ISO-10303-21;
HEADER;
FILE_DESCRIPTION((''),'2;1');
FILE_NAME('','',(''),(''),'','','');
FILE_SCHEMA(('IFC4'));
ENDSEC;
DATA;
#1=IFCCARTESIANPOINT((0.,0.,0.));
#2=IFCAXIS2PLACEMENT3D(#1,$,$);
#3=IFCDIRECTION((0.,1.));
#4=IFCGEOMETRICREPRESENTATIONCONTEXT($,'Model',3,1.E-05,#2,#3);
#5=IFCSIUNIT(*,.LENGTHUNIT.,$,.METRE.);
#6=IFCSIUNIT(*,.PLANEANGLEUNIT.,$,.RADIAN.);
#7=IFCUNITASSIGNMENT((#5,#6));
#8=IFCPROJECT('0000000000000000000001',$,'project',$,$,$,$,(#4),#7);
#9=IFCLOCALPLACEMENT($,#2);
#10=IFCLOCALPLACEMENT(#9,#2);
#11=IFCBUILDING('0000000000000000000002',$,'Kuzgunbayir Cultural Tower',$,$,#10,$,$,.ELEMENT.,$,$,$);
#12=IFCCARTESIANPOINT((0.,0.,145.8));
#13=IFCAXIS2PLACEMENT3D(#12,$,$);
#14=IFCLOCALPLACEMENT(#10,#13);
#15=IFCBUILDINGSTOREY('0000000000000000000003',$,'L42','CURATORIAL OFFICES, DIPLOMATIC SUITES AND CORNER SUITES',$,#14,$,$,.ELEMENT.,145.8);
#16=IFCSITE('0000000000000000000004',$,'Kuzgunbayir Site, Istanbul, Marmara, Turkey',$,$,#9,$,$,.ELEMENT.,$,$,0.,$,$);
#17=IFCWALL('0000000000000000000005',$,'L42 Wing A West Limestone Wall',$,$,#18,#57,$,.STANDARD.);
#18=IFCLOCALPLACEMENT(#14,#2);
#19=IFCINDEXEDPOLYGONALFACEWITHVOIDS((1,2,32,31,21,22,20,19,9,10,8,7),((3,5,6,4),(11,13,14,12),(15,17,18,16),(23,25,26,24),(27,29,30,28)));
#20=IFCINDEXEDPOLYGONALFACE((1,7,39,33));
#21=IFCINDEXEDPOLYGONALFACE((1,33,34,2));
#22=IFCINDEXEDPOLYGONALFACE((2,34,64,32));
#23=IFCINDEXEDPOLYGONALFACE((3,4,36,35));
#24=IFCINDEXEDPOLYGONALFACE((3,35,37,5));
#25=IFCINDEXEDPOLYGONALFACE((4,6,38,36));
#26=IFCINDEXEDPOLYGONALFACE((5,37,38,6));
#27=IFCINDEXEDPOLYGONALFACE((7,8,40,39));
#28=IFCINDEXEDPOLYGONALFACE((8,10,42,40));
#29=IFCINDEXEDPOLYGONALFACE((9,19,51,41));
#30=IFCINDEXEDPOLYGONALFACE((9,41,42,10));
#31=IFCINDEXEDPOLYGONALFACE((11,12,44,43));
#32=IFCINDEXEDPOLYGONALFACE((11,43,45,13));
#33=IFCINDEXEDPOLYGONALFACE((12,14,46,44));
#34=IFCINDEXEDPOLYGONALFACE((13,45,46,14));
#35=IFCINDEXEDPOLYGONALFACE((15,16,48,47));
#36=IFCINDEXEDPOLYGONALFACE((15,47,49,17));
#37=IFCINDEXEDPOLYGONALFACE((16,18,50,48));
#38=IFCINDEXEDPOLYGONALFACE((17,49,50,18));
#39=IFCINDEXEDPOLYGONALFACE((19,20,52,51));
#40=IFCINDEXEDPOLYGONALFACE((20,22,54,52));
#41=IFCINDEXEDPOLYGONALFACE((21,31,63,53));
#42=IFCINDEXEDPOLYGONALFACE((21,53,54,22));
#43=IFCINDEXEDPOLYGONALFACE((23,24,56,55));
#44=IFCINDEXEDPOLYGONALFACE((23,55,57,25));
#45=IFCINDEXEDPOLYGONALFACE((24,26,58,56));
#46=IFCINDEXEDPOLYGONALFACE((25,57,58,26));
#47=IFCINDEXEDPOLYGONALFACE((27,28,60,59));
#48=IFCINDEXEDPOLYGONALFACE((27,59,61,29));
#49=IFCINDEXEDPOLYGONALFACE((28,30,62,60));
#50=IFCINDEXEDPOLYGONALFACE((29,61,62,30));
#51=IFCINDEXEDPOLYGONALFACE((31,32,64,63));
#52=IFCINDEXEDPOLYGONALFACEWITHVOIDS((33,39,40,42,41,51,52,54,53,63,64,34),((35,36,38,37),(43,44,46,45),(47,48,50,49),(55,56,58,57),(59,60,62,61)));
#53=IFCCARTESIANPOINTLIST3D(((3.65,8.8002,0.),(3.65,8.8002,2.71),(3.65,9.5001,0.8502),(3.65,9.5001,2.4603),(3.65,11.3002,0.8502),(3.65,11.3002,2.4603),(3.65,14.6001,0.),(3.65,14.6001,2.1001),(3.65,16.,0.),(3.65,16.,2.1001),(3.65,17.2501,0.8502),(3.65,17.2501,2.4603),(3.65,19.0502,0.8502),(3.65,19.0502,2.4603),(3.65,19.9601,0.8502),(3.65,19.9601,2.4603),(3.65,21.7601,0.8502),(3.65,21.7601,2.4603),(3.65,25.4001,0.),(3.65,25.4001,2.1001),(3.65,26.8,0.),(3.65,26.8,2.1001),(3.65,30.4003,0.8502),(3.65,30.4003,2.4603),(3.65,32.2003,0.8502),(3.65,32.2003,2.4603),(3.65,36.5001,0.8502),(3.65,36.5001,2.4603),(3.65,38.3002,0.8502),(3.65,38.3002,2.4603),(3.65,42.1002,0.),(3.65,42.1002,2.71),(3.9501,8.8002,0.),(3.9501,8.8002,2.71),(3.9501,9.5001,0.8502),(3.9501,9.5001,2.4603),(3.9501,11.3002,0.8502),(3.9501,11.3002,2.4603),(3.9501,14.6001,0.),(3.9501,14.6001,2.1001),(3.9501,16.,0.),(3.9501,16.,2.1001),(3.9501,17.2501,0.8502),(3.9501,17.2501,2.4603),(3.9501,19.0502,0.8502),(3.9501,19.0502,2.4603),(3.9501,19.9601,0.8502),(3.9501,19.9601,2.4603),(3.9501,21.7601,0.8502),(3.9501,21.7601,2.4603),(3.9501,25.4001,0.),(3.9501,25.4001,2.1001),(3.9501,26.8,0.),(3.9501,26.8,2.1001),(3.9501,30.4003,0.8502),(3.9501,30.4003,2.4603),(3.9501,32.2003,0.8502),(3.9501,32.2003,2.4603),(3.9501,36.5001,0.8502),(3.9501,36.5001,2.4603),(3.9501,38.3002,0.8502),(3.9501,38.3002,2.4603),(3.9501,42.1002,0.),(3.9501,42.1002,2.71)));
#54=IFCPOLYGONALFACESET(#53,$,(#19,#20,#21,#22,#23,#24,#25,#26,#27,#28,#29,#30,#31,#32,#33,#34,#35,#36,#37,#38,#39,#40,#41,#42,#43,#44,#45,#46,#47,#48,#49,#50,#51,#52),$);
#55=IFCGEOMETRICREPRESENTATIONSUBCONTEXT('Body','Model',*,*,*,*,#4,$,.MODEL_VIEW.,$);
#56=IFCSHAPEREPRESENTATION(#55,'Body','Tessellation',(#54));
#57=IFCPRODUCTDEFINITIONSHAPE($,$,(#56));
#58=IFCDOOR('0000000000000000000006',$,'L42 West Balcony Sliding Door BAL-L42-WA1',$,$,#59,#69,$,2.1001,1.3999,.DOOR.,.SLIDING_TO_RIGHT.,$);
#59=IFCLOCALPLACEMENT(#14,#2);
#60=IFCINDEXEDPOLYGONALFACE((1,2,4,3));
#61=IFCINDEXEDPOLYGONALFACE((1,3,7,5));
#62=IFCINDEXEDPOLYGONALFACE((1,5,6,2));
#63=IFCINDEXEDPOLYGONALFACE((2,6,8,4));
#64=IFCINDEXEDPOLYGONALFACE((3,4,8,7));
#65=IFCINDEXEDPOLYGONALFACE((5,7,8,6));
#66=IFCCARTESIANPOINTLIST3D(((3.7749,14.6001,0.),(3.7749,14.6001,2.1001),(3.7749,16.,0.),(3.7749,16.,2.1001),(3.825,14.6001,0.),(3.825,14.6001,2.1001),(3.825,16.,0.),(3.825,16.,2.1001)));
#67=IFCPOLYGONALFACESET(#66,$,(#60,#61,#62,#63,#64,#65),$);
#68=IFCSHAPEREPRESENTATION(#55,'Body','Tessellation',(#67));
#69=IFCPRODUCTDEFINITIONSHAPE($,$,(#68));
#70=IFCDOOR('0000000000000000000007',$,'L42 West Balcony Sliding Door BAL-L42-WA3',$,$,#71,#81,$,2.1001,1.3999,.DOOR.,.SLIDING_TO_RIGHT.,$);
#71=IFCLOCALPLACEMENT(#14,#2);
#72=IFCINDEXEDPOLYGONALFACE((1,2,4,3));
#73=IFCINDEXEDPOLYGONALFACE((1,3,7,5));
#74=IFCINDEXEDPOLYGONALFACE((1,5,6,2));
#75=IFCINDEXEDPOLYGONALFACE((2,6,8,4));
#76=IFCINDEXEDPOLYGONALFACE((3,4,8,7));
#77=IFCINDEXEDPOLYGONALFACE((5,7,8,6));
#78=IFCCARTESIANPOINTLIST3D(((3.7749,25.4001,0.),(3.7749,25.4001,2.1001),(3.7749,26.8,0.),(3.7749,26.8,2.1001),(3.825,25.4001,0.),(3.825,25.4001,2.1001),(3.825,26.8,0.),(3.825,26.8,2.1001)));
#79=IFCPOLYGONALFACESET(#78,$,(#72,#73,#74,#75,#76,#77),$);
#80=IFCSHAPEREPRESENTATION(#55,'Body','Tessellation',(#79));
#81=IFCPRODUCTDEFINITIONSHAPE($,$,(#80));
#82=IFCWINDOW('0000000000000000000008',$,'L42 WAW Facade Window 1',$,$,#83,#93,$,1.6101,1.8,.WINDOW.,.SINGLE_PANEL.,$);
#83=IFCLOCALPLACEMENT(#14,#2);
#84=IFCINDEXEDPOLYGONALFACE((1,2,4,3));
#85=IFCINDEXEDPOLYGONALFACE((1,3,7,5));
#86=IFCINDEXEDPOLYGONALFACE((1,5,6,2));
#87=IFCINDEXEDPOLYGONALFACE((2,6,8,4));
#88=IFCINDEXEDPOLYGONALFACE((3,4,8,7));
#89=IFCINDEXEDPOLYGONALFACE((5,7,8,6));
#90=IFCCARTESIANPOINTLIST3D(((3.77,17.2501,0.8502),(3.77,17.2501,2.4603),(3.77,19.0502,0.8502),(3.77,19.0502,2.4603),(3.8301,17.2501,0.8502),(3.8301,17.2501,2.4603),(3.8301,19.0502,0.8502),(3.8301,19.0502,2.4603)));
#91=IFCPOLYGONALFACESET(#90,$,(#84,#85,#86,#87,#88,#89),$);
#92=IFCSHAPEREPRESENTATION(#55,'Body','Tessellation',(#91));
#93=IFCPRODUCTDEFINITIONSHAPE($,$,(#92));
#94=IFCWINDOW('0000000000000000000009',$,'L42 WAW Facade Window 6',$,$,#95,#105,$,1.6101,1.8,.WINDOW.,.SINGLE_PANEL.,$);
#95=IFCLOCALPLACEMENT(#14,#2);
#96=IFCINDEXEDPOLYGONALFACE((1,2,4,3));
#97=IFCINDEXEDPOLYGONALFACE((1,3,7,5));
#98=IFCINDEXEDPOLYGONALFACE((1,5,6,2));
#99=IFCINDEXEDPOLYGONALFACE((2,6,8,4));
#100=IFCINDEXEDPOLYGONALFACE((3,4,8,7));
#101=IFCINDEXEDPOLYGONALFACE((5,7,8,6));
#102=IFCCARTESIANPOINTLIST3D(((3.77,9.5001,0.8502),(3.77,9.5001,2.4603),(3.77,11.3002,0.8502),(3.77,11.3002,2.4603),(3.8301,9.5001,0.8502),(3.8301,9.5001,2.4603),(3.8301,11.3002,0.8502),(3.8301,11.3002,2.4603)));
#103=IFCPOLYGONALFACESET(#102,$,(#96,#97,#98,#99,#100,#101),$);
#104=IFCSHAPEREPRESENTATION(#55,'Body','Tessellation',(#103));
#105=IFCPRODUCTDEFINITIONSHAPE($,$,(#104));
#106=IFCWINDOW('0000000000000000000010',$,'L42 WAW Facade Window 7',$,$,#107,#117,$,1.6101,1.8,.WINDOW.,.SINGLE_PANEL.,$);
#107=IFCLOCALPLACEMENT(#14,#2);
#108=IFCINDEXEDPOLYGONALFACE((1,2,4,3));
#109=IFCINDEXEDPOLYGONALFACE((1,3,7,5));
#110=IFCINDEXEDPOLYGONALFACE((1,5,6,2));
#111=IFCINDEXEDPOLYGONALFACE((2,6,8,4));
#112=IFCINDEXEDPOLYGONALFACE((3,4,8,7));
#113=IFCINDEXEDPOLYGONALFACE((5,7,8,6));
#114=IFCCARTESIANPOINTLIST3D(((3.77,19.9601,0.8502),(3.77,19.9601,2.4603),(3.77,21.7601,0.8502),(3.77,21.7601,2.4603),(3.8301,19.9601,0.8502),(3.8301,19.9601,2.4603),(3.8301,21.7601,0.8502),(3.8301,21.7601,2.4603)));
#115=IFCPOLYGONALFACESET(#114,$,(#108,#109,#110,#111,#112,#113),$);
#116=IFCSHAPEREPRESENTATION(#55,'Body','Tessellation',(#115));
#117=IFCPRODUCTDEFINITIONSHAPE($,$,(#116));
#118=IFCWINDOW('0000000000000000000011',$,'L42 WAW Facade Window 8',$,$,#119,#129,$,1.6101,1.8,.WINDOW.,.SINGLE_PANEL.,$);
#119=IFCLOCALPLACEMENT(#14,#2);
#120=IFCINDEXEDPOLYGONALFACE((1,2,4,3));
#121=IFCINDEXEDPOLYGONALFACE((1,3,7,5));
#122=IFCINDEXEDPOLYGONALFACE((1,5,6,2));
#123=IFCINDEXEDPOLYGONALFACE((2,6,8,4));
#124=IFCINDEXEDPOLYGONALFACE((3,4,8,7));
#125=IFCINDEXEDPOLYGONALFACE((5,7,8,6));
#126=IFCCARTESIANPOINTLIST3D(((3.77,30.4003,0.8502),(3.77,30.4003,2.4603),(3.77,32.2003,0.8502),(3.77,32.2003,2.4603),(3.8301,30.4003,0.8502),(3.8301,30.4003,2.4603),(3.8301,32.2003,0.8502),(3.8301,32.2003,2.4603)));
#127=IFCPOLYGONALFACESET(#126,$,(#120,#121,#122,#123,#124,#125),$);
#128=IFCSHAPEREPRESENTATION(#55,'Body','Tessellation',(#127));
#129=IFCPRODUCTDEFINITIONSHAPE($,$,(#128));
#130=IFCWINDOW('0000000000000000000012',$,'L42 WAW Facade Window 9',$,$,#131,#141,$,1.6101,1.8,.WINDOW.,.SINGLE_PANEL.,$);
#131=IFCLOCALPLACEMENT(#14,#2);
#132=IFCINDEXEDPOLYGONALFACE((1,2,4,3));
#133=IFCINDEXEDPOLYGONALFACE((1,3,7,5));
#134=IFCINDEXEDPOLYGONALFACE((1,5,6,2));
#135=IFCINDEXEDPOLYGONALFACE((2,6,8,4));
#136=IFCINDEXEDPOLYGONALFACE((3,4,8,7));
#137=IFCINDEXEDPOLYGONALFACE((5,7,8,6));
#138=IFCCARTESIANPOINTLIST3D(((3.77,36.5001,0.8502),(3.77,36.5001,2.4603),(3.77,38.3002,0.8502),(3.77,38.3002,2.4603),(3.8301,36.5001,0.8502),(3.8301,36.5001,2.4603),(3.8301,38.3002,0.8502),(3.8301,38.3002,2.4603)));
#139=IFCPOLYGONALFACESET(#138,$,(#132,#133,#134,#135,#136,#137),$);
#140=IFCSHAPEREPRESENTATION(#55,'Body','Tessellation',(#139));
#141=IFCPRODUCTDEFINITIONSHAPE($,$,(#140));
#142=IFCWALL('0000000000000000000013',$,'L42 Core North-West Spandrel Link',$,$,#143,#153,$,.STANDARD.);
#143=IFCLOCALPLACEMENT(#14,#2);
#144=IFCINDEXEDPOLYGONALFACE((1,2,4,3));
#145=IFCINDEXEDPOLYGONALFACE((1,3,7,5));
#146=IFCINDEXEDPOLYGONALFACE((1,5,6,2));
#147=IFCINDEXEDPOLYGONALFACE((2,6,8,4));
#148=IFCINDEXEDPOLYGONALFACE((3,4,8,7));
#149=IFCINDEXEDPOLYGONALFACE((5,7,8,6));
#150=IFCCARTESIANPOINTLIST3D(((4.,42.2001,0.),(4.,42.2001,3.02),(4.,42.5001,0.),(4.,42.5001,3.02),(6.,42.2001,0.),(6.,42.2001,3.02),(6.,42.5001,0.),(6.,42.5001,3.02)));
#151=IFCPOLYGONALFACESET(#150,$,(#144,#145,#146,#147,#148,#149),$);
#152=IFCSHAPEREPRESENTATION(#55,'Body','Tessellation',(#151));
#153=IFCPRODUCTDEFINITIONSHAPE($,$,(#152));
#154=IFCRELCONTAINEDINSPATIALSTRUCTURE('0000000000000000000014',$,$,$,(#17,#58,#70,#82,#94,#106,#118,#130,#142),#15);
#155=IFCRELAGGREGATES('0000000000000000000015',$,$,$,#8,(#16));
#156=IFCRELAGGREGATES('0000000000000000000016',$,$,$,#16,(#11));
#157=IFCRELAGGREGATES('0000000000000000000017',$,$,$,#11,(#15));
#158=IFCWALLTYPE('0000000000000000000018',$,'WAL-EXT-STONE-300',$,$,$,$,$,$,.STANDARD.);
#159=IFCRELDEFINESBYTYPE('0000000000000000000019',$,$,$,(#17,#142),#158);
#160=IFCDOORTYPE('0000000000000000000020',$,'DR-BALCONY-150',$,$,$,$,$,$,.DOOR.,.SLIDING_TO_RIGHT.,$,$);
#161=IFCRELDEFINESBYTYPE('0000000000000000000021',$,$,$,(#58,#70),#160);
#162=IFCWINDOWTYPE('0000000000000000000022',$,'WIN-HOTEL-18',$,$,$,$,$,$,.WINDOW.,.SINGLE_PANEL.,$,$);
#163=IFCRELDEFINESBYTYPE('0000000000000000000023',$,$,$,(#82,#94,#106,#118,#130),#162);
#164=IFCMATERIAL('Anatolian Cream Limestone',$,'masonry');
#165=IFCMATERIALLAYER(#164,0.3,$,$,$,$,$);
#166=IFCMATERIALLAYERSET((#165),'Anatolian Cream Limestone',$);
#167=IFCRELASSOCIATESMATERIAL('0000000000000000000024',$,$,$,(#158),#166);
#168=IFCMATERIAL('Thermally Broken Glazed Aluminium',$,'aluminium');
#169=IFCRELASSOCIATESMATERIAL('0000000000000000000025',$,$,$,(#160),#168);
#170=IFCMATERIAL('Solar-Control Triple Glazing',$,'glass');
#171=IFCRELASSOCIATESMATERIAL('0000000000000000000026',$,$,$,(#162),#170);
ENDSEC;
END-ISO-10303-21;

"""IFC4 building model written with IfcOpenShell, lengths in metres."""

from ifc_helpers import new_model, si_unit, direction, frame, frame_2d, origin, place, context, subcontext, project, spatial, rectangle, extrude, material, layer, layer_set, type_object, element, fill, save


model = new_model("IFC4")

# Units and contexts
model_context = context("Model", 3, precision=1e-05, world=origin(), true_north=direction((0.0, 1.0)))
body_context = subcontext(model_context, "Body", "Model", "MODEL_VIEW")
ifc_project = project(units=[si_unit("LENGTHUNIT", "METRE"), si_unit("PLANEANGLEUNIT", "RADIAN")], contexts=[model_context])

# Site, building, storey
site_placement = place(None, origin())
site = spatial("IfcSite", under=ifc_project, at=site_placement, Name="Kuzgunbayir Site, Istanbul, Marmara, Turkey", CompositionType="ELEMENT", RefElevation=0.0)
building_placement = place(site_placement, origin())
building = spatial("IfcBuilding", under=site, at=building_placement, Name="Kuzgunbayir Cultural Tower", CompositionType="ELEMENT")
storey_placement = place(building_placement, frame((0.0, 0.0, 145.8)))
storey = spatial("IfcBuildingStorey", under=building, at=storey_placement, Name="L42", Description="CURATORIAL OFFICES, DIPLOMATIC SUITES AND CORNER SUITES", CompositionType="ELEMENT", Elevation=145.8)

# Wall, openings, doors, windows
ifc_material_1 = material(Name="Anatolian Cream Limestone", Category="masonry")
ifc_layer_1 = layer(ifc_material_1, 0.3)
ifc_layer_set_1 = layer_set([ifc_layer_1], Name="Anatolian Cream Limestone")
wall_type_1 = type_object("IfcWallType", Name="WAL-EXT-STONE-300", PredefinedType="STANDARD", material=ifc_layer_set_1)
wall_1_placement = place(storey_placement, frame((3.8, 42.1001, 0.0), z_axis=(0.0, 0.0, 1.0), x_axis=(0.0, -1.0, 0.0)))
wall_1 = element("IfcWall", 1, at=wall_1_placement, inside=storey, type_object=wall_type_1, Name="L42 Wing A West Limestone Wall", PredefinedType="STANDARD", context=body_context, shape_type="SweptSolid", body=[
    extrude(rectangle(XDim=33.3, YDim=0.3, at=frame_2d((16.6499, 0.0))), origin(), (0.0, 0.0, 1.0), 2.71),
])
opening_1_placement = place(wall_1_placement, frame((26.1001, 0.0, 0.0)))
opening_1 = element("IfcOpeningElement", 2, at=opening_1_placement, cuts=wall_1, PredefinedType="OPENING", context=body_context, shape_type="SweptSolid", body=[
    extrude(rectangle(XDim=1.3999, YDim=2.1001, at=frame_2d((0.7, 1.05))), frame((0.0, 0.1602, 0.0), z_axis=(0.0, -1.0, 0.0), x_axis=(1.0, 0.0, 0.0)), (0.0, 0.0, 1.0), 0.3201),
])
opening_2_placement = place(wall_1_placement, frame((15.3, 0.0, 0.0)))
opening_2 = element("IfcOpeningElement", 3, at=opening_2_placement, cuts=wall_1, PredefinedType="OPENING", context=body_context, shape_type="SweptSolid", body=[
    extrude(rectangle(XDim=1.3999, YDim=2.1001, at=frame_2d((0.7, 1.05))), frame((0.0, 0.1602, 0.0), z_axis=(0.0, -1.0, 0.0), x_axis=(1.0, 0.0, 0.0)), (0.0, 0.0, 1.0), 0.3201),
])
opening_3_placement = place(wall_1_placement, frame((23.05, 0.0, 0.8501)))
opening_3 = element("IfcOpeningElement", 4, at=opening_3_placement, cuts=wall_1, PredefinedType="OPENING", context=body_context, shape_type="SweptSolid", body=[
    extrude(rectangle(XDim=1.8, YDim=1.6101, at=frame_2d((0.8999, 0.8052))), frame((0.0, 0.1602, 0.0), z_axis=(0.0, -1.0, 0.0), x_axis=(1.0, 0.0, 0.0)), (0.0, 0.0, 1.0), 0.3201),
])
opening_4_placement = place(wall_1_placement, frame((30.8, 0.0, 0.8501)))
opening_4 = element("IfcOpeningElement", 5, at=opening_4_placement, cuts=wall_1, PredefinedType="OPENING", context=body_context, shape_type="SweptSolid", body=[
    extrude(rectangle(XDim=1.8, YDim=1.6101, at=frame_2d((0.8999, 0.8052))), frame((0.0, 0.1602, 0.0), z_axis=(0.0, -1.0, 0.0), x_axis=(1.0, 0.0, 0.0)), (0.0, 0.0, 1.0), 0.3201),
])
opening_5_placement = place(wall_1_placement, frame((20.3401, 0.0, 0.8501)))
opening_5 = element("IfcOpeningElement", 6, at=opening_5_placement, cuts=wall_1, PredefinedType="OPENING", context=body_context, shape_type="SweptSolid", body=[
    extrude(rectangle(XDim=1.8, YDim=1.6101, at=frame_2d((0.8999, 0.8052))), frame((0.0, 0.1602, 0.0), z_axis=(0.0, -1.0, 0.0), x_axis=(1.0, 0.0, 0.0)), (0.0, 0.0, 1.0), 0.3201),
])
opening_6_placement = place(wall_1_placement, frame((9.8999, 0.0, 0.8501)))
opening_6 = element("IfcOpeningElement", 7, at=opening_6_placement, cuts=wall_1, PredefinedType="OPENING", context=body_context, shape_type="SweptSolid", body=[
    extrude(rectangle(XDim=1.8, YDim=1.6101, at=frame_2d((0.8999, 0.8052))), frame((0.0, 0.1602, 0.0), z_axis=(0.0, -1.0, 0.0), x_axis=(1.0, 0.0, 0.0)), (0.0, 0.0, 1.0), 0.3201),
])
opening_7_placement = place(wall_1_placement, frame((3.8, 0.0, 0.8501)))
opening_7 = element("IfcOpeningElement", 8, at=opening_7_placement, cuts=wall_1, PredefinedType="OPENING", context=body_context, shape_type="SweptSolid", body=[
    extrude(rectangle(XDim=1.8, YDim=1.6101, at=frame_2d((0.8999, 0.8052))), frame((0.0, 0.1602, 0.0), z_axis=(0.0, -1.0, 0.0), x_axis=(1.0, 0.0, 0.0)), (0.0, 0.0, 1.0), 0.3201),
])
ifc_material_2 = material(Name="Thermally Broken Glazed Aluminium", Category="aluminium")
door_type = type_object("IfcDoorType", Name="DR-BALCONY-150", OperationType="SLIDING_TO_RIGHT", PredefinedType="DOOR", material=ifc_material_2)
door_1_placement = place(opening_1_placement, origin())
door_1 = element("IfcDoor", 9, at=door_1_placement, inside=storey, type_object=door_type, Name="L42 West Balcony Sliding Door BAL-L42-WA1", OperationType="SLIDING_TO_RIGHT", OverallHeight=2.1001, OverallWidth=1.3999, PredefinedType="DOOR", context=body_context, shape_type="SweptSolid", body=[
    extrude(rectangle(XDim=1.3999, YDim=2.1001, at=frame_2d((0.7, 1.05))), frame((0.0, 0.0249, 0.0), z_axis=(0.0, -1.0, 0.0), x_axis=(1.0, 0.0, 0.0)), (0.0, 0.0, 1.0), 0.05),
])
fill(opening_1, door_1)
door_2_placement = place(opening_2_placement, origin())
door_2 = element("IfcDoor", 10, at=door_2_placement, inside=storey, type_object=door_type, Name="L42 West Balcony Sliding Door BAL-L42-WA3", OperationType="SLIDING_TO_RIGHT", OverallHeight=2.1001, OverallWidth=1.3999, PredefinedType="DOOR", context=body_context, shape_type="SweptSolid", body=[
    extrude(rectangle(XDim=1.3999, YDim=2.1001, at=frame_2d((0.7, 1.05))), frame((0.0, 0.0249, 0.0), z_axis=(0.0, -1.0, 0.0), x_axis=(1.0, 0.0, 0.0)), (0.0, 0.0, 1.0), 0.05),
])
fill(opening_2, door_2)
ifc_material_3 = material(Name="Solar-Control Triple Glazing", Category="glass")
window_type = type_object("IfcWindowType", Name="WIN-HOTEL-18", PartitioningType="SINGLE_PANEL", PredefinedType="WINDOW", material=ifc_material_3)
window_1_placement = place(opening_3_placement, origin())
window_1 = element("IfcWindow", 11, at=window_1_placement, inside=storey, type_object=window_type, Name="L42 WAW Facade Window 1", OverallHeight=1.6101, OverallWidth=1.8, PartitioningType="SINGLE_PANEL", PredefinedType="WINDOW", context=body_context, shape_type="SweptSolid", body=[
    extrude(rectangle(XDim=1.8, YDim=1.6101, at=frame_2d((0.8999, 0.8052))), frame((0.0, 0.03, 0.0), z_axis=(0.0, -1.0, 0.0), x_axis=(1.0, 0.0, 0.0)), (0.0, 0.0, 1.0), 0.0601),
])
fill(opening_3, window_1)
window_2_placement = place(opening_4_placement, origin())
window_2 = element("IfcWindow", 12, at=window_2_placement, inside=storey, type_object=window_type, Name="L42 WAW Facade Window 6", OverallHeight=1.6101, OverallWidth=1.8, PartitioningType="SINGLE_PANEL", PredefinedType="WINDOW", context=body_context, shape_type="SweptSolid", body=[
    extrude(rectangle(XDim=1.8, YDim=1.6101, at=frame_2d((0.8999, 0.8052))), frame((0.0, 0.03, 0.0), z_axis=(0.0, -1.0, 0.0), x_axis=(1.0, 0.0, 0.0)), (0.0, 0.0, 1.0), 0.0601),
])
fill(opening_4, window_2)
window_3_placement = place(opening_5_placement, origin())
window_3 = element("IfcWindow", 13, at=window_3_placement, inside=storey, type_object=window_type, Name="L42 WAW Facade Window 7", OverallHeight=1.6101, OverallWidth=1.8, PartitioningType="SINGLE_PANEL", PredefinedType="WINDOW", context=body_context, shape_type="SweptSolid", body=[
    extrude(rectangle(XDim=1.8, YDim=1.6101, at=frame_2d((0.8999, 0.8052))), frame((0.0, 0.03, 0.0), z_axis=(0.0, -1.0, 0.0), x_axis=(1.0, 0.0, 0.0)), (0.0, 0.0, 1.0), 0.0601),
])
fill(opening_5, window_3)
window_4_placement = place(opening_6_placement, origin())
window_4 = element("IfcWindow", 14, at=window_4_placement, inside=storey, type_object=window_type, Name="L42 WAW Facade Window 8", OverallHeight=1.6101, OverallWidth=1.8, PartitioningType="SINGLE_PANEL", PredefinedType="WINDOW", context=body_context, shape_type="SweptSolid", body=[
    extrude(rectangle(XDim=1.8, YDim=1.6101, at=frame_2d((0.8999, 0.8052))), frame((0.0, 0.03, 0.0), z_axis=(0.0, -1.0, 0.0), x_axis=(1.0, 0.0, 0.0)), (0.0, 0.0, 1.0), 0.0601),
])
fill(opening_6, window_4)
window_5_placement = place(opening_7_placement, origin())
window_5 = element("IfcWindow", 15, at=window_5_placement, inside=storey, type_object=window_type, Name="L42 WAW Facade Window 9", OverallHeight=1.6101, OverallWidth=1.8, PartitioningType="SINGLE_PANEL", PredefinedType="WINDOW", context=body_context, shape_type="SweptSolid", body=[
    extrude(rectangle(XDim=1.8, YDim=1.6101, at=frame_2d((0.8999, 0.8052))), frame((0.0, 0.03, 0.0), z_axis=(0.0, -1.0, 0.0), x_axis=(1.0, 0.0, 0.0)), (0.0, 0.0, 1.0), 0.0601),
])
fill(opening_7, window_5)

# Wall
wall_2_placement = place(storey_placement, frame((6.0, 42.3501, 0.0), z_axis=(0.0, 0.0, 1.0), x_axis=(-1.0, 0.0, 0.0)))
element("IfcWall", 16, at=wall_2_placement, inside=storey, type_object=wall_type_1, Name="L42 Core North-West Spandrel Link", PredefinedType="STANDARD", context=body_context, shape_type="SweptSolid", body=[
    extrude(rectangle(XDim=2.0, YDim=0.3, at=frame_2d((1.0, 0.0))), origin(), (0.0, 0.0, 1.0), 3.02),
])

save(model, "model.ifc")
